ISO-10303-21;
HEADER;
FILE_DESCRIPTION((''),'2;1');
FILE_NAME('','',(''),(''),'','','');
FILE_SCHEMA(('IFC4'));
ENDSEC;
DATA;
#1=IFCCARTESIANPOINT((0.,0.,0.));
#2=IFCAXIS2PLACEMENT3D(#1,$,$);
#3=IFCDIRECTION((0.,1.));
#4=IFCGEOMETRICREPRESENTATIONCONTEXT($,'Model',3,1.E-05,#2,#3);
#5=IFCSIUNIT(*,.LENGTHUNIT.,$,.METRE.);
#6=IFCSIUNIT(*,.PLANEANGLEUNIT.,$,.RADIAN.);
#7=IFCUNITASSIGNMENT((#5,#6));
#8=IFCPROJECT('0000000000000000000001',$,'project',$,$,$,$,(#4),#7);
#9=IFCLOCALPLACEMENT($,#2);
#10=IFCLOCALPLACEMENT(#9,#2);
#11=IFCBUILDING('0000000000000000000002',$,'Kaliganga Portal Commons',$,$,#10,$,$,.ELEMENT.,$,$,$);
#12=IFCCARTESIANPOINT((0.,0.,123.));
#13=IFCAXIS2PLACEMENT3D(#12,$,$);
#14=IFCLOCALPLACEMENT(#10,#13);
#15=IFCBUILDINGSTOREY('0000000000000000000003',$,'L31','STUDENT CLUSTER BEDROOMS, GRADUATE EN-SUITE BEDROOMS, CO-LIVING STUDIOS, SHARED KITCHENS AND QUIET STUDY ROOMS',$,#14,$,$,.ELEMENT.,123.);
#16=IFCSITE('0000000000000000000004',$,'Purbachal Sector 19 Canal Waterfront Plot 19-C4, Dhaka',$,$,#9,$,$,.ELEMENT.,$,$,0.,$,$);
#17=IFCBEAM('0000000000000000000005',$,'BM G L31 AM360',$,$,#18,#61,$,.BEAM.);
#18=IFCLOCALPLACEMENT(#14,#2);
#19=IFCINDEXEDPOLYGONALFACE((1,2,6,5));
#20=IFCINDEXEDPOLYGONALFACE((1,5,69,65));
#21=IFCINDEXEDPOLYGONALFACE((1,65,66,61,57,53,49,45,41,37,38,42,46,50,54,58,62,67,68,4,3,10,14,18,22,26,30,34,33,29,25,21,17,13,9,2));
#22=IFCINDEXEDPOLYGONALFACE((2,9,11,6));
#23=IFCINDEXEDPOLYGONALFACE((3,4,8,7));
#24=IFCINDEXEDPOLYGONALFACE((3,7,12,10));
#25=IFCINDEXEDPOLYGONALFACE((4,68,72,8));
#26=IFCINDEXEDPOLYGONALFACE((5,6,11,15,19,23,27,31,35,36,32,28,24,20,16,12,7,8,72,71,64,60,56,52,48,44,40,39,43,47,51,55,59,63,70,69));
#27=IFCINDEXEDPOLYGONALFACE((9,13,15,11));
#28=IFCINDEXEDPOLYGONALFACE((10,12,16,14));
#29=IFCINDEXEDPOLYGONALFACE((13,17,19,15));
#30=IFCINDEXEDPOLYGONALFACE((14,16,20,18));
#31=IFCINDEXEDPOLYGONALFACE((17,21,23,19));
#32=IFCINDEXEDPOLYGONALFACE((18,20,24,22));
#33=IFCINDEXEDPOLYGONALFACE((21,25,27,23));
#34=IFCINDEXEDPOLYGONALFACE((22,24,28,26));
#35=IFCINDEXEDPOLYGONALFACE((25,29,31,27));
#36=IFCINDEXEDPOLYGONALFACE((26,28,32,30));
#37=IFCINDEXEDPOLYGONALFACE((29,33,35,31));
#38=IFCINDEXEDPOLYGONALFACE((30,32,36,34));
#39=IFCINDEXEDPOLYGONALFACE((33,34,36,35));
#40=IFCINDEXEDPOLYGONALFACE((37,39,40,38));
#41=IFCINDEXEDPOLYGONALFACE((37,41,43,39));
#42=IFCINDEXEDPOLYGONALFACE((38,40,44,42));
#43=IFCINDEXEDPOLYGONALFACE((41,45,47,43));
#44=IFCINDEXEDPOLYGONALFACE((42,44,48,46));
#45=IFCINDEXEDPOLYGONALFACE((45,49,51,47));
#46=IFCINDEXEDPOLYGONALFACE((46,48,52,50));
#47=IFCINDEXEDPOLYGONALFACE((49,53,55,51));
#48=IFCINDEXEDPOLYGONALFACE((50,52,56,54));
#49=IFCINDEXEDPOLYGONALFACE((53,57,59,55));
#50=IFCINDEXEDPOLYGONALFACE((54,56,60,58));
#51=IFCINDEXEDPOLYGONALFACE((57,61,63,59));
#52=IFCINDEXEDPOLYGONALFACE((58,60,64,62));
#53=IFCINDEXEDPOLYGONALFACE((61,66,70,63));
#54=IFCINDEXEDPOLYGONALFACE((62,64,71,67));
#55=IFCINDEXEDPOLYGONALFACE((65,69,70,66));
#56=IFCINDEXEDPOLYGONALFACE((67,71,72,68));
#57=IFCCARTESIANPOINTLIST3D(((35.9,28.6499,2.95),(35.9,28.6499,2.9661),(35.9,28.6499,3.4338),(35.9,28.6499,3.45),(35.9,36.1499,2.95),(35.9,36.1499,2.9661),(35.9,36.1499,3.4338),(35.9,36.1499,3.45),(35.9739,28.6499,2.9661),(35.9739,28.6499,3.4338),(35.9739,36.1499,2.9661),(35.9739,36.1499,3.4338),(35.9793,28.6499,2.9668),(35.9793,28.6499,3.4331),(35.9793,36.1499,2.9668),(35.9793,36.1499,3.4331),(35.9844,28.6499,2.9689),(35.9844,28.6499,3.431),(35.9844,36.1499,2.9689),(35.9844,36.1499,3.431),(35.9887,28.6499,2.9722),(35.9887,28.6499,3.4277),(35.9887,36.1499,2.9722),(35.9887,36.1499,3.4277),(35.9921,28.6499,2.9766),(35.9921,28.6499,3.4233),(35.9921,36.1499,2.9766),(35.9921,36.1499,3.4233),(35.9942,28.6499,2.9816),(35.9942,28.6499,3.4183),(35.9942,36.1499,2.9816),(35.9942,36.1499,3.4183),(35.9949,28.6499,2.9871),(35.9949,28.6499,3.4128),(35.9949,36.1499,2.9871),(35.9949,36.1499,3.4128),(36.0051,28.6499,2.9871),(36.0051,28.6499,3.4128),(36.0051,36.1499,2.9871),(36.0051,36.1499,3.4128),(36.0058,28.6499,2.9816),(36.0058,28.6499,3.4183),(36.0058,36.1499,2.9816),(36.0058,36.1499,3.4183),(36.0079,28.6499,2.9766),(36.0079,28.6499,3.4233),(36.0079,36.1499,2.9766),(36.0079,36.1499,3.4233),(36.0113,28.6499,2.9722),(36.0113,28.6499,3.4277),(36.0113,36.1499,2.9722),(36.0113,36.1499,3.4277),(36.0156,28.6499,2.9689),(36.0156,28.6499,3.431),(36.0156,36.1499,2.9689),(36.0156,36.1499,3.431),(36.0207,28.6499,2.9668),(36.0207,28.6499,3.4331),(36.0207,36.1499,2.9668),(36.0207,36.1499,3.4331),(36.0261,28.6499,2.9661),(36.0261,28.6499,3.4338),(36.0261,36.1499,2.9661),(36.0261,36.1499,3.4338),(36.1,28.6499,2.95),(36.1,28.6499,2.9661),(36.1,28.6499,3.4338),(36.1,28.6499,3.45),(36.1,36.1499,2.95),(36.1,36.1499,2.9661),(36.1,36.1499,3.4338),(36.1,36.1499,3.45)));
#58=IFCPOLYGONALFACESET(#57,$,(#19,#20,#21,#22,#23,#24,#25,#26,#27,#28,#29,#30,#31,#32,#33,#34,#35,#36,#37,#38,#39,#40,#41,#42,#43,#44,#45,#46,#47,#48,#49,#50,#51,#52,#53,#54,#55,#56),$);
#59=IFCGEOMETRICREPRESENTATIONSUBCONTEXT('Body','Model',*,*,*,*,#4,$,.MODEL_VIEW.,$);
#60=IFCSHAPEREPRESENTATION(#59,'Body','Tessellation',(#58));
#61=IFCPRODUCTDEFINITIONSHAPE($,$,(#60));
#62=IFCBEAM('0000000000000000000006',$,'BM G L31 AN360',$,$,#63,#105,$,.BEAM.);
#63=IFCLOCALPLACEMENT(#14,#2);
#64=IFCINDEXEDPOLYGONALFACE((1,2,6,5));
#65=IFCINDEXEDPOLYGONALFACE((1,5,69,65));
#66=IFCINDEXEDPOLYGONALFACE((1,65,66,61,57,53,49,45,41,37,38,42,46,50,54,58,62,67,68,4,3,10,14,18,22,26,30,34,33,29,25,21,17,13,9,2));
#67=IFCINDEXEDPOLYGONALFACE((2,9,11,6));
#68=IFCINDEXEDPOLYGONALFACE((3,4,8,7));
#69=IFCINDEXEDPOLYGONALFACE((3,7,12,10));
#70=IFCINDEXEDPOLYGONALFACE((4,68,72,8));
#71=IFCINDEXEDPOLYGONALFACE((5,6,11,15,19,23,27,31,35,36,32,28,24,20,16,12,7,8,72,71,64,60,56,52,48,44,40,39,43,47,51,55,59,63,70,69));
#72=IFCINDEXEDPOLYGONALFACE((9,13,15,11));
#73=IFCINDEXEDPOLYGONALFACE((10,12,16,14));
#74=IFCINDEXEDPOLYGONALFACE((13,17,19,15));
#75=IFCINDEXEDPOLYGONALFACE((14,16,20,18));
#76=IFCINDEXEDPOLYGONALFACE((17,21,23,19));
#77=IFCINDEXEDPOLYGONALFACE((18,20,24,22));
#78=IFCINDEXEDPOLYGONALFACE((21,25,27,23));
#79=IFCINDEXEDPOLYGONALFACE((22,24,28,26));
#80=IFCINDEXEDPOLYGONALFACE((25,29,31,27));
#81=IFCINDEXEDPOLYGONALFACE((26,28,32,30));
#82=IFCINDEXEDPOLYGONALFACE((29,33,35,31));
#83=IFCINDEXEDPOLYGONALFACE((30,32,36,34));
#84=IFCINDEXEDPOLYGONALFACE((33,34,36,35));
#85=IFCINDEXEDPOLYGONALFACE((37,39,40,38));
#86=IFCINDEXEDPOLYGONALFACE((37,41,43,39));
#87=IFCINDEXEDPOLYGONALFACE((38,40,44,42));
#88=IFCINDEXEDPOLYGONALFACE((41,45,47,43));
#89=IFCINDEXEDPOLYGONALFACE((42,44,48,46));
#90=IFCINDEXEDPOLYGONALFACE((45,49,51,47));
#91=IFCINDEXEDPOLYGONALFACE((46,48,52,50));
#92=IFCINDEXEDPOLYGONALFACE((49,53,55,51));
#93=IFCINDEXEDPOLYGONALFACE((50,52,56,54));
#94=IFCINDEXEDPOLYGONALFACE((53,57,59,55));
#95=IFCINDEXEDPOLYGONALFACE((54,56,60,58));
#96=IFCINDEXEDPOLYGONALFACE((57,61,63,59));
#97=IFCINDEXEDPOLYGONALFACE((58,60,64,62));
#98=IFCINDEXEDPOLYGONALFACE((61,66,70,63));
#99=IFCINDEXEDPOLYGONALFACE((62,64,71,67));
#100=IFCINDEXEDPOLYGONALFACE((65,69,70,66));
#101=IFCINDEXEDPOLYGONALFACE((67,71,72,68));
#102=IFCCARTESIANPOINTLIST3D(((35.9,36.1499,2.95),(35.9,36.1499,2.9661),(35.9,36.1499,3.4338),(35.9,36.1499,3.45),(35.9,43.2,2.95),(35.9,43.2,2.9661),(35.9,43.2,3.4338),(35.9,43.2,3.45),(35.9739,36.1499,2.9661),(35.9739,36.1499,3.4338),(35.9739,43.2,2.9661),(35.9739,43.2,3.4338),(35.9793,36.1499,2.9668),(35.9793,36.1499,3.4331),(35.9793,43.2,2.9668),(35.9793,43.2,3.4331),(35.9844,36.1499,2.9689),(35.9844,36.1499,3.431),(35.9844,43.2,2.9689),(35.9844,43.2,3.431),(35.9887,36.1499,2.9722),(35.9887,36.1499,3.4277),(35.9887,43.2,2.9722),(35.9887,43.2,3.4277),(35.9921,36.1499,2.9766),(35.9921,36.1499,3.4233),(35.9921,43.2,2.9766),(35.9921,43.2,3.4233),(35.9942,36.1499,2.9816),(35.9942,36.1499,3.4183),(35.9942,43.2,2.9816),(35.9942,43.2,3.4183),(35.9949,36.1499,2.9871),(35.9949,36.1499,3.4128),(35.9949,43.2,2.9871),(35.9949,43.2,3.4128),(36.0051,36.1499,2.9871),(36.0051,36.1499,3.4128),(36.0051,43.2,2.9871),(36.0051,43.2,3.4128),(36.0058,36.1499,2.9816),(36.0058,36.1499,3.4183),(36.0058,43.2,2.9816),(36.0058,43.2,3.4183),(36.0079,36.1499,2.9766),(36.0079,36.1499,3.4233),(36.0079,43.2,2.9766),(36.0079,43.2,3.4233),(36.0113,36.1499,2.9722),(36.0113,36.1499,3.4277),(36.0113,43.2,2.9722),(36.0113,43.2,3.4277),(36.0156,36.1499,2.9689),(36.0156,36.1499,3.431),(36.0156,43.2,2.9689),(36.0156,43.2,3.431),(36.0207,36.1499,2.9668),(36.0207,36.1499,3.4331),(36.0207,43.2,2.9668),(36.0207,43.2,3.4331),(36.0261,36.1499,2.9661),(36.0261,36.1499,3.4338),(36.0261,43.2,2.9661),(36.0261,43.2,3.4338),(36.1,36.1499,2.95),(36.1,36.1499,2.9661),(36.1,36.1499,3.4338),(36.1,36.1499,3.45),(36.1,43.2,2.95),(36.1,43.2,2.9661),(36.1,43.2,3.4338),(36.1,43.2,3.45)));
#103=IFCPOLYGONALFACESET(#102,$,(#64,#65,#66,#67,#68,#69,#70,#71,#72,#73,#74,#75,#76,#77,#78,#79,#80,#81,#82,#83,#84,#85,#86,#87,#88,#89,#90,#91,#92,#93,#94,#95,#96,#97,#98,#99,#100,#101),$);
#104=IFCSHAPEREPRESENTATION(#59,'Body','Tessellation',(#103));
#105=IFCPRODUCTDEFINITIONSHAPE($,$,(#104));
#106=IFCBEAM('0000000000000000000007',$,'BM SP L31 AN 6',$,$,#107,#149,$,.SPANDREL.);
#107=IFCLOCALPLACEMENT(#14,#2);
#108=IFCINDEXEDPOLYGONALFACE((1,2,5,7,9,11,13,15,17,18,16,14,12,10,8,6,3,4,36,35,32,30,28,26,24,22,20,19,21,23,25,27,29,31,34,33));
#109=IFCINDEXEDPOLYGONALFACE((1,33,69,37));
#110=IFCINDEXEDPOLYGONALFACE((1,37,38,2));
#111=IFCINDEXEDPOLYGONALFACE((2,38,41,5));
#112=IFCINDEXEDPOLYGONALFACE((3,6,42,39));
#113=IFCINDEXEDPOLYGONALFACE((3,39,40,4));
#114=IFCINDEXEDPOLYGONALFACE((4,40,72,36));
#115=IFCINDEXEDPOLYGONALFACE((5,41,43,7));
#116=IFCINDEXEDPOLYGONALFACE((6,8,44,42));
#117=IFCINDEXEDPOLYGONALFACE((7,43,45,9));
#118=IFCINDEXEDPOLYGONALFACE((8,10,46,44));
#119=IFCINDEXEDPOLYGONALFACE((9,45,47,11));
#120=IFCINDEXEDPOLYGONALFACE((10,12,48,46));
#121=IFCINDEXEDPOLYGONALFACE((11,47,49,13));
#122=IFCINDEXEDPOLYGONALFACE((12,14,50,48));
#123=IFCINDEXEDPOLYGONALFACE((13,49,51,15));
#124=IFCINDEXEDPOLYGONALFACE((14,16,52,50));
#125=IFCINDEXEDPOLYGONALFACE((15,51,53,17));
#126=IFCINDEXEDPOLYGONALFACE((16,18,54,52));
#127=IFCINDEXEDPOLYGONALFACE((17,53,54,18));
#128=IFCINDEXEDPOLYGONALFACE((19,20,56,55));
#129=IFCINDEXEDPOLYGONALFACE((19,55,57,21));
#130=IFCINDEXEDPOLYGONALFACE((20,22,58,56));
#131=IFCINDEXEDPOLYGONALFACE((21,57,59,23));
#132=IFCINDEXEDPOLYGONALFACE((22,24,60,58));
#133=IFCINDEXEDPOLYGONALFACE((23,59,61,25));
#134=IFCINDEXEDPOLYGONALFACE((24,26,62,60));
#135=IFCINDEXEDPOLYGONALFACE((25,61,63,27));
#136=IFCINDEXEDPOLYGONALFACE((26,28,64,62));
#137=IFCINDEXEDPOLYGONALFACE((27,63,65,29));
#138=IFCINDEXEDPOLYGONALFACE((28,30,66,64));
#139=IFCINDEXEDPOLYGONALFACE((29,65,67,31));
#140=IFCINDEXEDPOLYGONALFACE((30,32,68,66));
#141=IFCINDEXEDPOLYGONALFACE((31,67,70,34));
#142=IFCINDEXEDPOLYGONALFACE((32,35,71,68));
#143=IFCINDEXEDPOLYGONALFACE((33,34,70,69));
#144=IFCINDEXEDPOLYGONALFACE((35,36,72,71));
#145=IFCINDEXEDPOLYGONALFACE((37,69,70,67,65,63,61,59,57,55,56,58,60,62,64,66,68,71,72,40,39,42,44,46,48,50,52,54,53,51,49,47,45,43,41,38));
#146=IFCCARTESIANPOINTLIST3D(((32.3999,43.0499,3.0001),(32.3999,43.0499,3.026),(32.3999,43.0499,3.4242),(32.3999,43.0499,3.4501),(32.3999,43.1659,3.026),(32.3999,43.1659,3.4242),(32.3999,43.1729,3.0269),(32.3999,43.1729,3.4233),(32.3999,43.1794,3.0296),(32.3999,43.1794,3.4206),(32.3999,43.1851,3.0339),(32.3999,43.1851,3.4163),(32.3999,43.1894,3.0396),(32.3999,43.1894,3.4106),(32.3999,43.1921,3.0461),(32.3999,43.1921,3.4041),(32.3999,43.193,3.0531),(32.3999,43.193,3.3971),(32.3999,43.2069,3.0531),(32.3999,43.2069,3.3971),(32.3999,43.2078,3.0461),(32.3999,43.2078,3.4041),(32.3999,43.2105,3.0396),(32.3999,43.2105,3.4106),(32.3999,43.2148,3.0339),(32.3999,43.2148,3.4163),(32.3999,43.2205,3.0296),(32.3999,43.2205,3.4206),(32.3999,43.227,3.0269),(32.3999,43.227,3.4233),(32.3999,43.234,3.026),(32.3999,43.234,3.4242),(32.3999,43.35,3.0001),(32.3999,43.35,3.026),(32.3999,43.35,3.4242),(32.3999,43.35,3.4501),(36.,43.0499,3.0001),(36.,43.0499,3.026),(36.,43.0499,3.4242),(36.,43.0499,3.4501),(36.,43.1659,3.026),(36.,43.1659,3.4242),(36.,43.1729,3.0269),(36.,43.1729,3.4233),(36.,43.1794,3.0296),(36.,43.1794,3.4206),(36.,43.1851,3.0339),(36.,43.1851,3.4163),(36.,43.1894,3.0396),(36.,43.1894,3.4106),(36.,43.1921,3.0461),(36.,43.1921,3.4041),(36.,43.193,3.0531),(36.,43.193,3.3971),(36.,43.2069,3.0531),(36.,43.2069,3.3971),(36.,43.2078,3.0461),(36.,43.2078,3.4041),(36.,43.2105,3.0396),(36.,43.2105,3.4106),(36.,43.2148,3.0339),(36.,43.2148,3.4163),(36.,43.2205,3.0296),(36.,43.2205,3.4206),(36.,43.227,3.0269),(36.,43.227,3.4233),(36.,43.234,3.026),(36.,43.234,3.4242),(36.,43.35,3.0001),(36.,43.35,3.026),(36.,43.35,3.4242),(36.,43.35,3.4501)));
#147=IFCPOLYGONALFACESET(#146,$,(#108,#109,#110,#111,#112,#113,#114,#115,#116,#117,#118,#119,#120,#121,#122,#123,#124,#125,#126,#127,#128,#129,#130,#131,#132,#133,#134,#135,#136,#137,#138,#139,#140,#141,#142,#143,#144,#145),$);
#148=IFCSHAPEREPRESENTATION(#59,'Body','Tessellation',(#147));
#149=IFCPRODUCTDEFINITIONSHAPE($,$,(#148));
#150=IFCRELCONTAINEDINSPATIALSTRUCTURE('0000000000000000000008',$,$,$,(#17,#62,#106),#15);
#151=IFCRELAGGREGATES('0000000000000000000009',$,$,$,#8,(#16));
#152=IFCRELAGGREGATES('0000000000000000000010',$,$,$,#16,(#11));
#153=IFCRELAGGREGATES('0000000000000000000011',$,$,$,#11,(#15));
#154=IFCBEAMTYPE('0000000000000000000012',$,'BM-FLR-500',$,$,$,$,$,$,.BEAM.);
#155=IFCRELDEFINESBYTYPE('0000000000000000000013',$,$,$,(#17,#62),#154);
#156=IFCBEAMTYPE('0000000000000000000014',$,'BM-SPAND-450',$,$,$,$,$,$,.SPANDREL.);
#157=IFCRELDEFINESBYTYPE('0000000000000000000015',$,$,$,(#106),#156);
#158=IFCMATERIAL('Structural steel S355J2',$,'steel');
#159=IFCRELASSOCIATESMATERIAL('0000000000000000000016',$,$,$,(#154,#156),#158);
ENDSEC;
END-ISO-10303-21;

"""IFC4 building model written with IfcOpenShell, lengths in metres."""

from ifc_helpers import new_model, si_unit, direction, frame, origin, origin_2d, place, context, subcontext, project, spatial, i_section, extrude, source, transform, mapped, material, material_profile, profile_set, type_object, element, save


model = new_model("IFC4")

# Units and contexts
model_context = context("Model", 3, precision=1e-05, world=origin(), true_north=direction((0.0, 1.0)))
body_context = subcontext(model_context, "Body", "Model", "MODEL_VIEW")
ifc_project = project(units=[si_unit("LENGTHUNIT", "METRE"), si_unit("PLANEANGLEUNIT", "RADIAN")], contexts=[model_context])

# Site, building, storey
site_placement = place(None, origin())
site = spatial("IfcSite", under=ifc_project, at=site_placement, Name="Purbachal Sector 19 Canal Waterfront Plot 19-C4, Dhaka", CompositionType="ELEMENT", RefElevation=0.0)
building_placement = place(site_placement, origin())
building = spatial("IfcBuilding", under=site, at=building_placement, Name="Kaliganga Portal Commons", CompositionType="ELEMENT")
storey_placement = place(building_placement, frame((0.0, 0.0, 123.0)))
storey = spatial("IfcBuildingStorey", under=building, at=storey_placement, Name="L31", Description="STUDENT CLUSTER BEDROOMS, GRADUATE EN-SUITE BEDROOMS, CO-LIVING STUDIOS, SHARED KITCHENS AND QUIET STUDY ROOMS", CompositionType="ELEMENT", Elevation=123.0)

# Beams
ifc_material_1 = material(Name="Structural steel S355J2", Category="steel")
ifc_material_profile_1 = material_profile(ifc_material_1, i_section(OverallWidth=0.2, OverallDepth=0.5, WebThickness=0.0103, FlangeThickness=0.0161, FilletRadius=0.021, at=origin_2d()), Name="IPE 500")
ifc_profile_set_1 = profile_set([ifc_material_profile_1], Name="Structural steel S355J2 wide-flange")
beam_type_1 = type_object("IfcBeamType", Name="BM-FLR-500", PredefinedType="BEAM", material=ifc_profile_set_1)
shared_shape_1 = source(origin(), body_context, "Body", "SweptSolid", [
    extrude(i_section(OverallWidth=0.2, OverallDepth=0.5, WebThickness=0.0103, FlangeThickness=0.0161, FilletRadius=0.021, at=origin_2d()), origin(), (0.0, 0.0, 1.0), 7.5),
])
beam_1_placement = place(storey_placement, frame((36.0, 28.6499, 3.2), z_axis=(0.0, 1.0, 0.0), x_axis=(-1.0, 0.0, 0.0)))
element("IfcBeam", 1, at=beam_1_placement, inside=storey, type_object=beam_type_1, Name="BM G L31 AM360", PredefinedType="BEAM", context=body_context, shape_type="MappedRepresentation", body=[
    mapped(shared_shape_1, transform((0.0, 0.0, 0.0), x_axis=(1.0, 0.0, 0.0), y_axis=(0.0, 1.0, 0.0), z_axis=(0.0, 0.0, 1.0), scale=1.0)),
])
shared_shape_2 = source(origin(), body_context, "Body", "SweptSolid", [
    extrude(i_section(OverallWidth=0.2, OverallDepth=0.5, WebThickness=0.0103, FlangeThickness=0.0161, FilletRadius=0.021, at=origin_2d()), origin(), (0.0, 0.0, 1.0), 7.05),
])
beam_2_placement = place(storey_placement, frame((36.0, 36.1499, 3.2), z_axis=(0.0, 1.0, 0.0), x_axis=(-1.0, 0.0, 0.0)))
element("IfcBeam", 2, at=beam_2_placement, inside=storey, type_object=beam_type_1, Name="BM G L31 AN360", PredefinedType="BEAM", context=body_context, shape_type="MappedRepresentation", body=[
    mapped(shared_shape_2, transform((0.0, 0.0, 0.0), x_axis=(1.0, 0.0, 0.0), y_axis=(0.0, 1.0, 0.0), z_axis=(0.0, 0.0, 1.0), scale=1.0)),
])
ifc_material_profile_2 = material_profile(ifc_material_1, i_section(OverallWidth=0.3, OverallDepth=0.45, WebThickness=0.0139, FlangeThickness=0.0259, FilletRadius=0.0271, at=origin_2d()), Name="HE 450 B")
ifc_profile_set_2 = profile_set([ifc_material_profile_2], Name="Structural steel S355J2 wide-flange")
beam_type_2 = type_object("IfcBeamType", Name="BM-SPAND-450", PredefinedType="SPANDREL", material=ifc_profile_set_2)
shared_shape_3 = source(origin(), body_context, "Body", "SweptSolid", [
    extrude(i_section(OverallWidth=0.3, OverallDepth=0.45, WebThickness=0.0139, FlangeThickness=0.0259, FilletRadius=0.0271, at=origin_2d()), origin(), (0.0, 0.0, 1.0), 3.6001),
])
beam_3_placement = place(storey_placement, frame((32.3999, 43.2, 3.2251), z_axis=(1.0, 0.0, 0.0), x_axis=(0.0, 1.0, 0.0)))
element("IfcBeam", 3, at=beam_3_placement, inside=storey, type_object=beam_type_2, Name="BM SP L31 AN 6", PredefinedType="SPANDREL", context=body_context, shape_type="MappedRepresentation", body=[
    mapped(shared_shape_3, transform((0.0, 0.0, 0.0), x_axis=(1.0, 0.0, 0.0), y_axis=(0.0, 1.0, 0.0), z_axis=(0.0, 0.0, 1.0), scale=1.0)),
])

save(model, "model.ifc")
